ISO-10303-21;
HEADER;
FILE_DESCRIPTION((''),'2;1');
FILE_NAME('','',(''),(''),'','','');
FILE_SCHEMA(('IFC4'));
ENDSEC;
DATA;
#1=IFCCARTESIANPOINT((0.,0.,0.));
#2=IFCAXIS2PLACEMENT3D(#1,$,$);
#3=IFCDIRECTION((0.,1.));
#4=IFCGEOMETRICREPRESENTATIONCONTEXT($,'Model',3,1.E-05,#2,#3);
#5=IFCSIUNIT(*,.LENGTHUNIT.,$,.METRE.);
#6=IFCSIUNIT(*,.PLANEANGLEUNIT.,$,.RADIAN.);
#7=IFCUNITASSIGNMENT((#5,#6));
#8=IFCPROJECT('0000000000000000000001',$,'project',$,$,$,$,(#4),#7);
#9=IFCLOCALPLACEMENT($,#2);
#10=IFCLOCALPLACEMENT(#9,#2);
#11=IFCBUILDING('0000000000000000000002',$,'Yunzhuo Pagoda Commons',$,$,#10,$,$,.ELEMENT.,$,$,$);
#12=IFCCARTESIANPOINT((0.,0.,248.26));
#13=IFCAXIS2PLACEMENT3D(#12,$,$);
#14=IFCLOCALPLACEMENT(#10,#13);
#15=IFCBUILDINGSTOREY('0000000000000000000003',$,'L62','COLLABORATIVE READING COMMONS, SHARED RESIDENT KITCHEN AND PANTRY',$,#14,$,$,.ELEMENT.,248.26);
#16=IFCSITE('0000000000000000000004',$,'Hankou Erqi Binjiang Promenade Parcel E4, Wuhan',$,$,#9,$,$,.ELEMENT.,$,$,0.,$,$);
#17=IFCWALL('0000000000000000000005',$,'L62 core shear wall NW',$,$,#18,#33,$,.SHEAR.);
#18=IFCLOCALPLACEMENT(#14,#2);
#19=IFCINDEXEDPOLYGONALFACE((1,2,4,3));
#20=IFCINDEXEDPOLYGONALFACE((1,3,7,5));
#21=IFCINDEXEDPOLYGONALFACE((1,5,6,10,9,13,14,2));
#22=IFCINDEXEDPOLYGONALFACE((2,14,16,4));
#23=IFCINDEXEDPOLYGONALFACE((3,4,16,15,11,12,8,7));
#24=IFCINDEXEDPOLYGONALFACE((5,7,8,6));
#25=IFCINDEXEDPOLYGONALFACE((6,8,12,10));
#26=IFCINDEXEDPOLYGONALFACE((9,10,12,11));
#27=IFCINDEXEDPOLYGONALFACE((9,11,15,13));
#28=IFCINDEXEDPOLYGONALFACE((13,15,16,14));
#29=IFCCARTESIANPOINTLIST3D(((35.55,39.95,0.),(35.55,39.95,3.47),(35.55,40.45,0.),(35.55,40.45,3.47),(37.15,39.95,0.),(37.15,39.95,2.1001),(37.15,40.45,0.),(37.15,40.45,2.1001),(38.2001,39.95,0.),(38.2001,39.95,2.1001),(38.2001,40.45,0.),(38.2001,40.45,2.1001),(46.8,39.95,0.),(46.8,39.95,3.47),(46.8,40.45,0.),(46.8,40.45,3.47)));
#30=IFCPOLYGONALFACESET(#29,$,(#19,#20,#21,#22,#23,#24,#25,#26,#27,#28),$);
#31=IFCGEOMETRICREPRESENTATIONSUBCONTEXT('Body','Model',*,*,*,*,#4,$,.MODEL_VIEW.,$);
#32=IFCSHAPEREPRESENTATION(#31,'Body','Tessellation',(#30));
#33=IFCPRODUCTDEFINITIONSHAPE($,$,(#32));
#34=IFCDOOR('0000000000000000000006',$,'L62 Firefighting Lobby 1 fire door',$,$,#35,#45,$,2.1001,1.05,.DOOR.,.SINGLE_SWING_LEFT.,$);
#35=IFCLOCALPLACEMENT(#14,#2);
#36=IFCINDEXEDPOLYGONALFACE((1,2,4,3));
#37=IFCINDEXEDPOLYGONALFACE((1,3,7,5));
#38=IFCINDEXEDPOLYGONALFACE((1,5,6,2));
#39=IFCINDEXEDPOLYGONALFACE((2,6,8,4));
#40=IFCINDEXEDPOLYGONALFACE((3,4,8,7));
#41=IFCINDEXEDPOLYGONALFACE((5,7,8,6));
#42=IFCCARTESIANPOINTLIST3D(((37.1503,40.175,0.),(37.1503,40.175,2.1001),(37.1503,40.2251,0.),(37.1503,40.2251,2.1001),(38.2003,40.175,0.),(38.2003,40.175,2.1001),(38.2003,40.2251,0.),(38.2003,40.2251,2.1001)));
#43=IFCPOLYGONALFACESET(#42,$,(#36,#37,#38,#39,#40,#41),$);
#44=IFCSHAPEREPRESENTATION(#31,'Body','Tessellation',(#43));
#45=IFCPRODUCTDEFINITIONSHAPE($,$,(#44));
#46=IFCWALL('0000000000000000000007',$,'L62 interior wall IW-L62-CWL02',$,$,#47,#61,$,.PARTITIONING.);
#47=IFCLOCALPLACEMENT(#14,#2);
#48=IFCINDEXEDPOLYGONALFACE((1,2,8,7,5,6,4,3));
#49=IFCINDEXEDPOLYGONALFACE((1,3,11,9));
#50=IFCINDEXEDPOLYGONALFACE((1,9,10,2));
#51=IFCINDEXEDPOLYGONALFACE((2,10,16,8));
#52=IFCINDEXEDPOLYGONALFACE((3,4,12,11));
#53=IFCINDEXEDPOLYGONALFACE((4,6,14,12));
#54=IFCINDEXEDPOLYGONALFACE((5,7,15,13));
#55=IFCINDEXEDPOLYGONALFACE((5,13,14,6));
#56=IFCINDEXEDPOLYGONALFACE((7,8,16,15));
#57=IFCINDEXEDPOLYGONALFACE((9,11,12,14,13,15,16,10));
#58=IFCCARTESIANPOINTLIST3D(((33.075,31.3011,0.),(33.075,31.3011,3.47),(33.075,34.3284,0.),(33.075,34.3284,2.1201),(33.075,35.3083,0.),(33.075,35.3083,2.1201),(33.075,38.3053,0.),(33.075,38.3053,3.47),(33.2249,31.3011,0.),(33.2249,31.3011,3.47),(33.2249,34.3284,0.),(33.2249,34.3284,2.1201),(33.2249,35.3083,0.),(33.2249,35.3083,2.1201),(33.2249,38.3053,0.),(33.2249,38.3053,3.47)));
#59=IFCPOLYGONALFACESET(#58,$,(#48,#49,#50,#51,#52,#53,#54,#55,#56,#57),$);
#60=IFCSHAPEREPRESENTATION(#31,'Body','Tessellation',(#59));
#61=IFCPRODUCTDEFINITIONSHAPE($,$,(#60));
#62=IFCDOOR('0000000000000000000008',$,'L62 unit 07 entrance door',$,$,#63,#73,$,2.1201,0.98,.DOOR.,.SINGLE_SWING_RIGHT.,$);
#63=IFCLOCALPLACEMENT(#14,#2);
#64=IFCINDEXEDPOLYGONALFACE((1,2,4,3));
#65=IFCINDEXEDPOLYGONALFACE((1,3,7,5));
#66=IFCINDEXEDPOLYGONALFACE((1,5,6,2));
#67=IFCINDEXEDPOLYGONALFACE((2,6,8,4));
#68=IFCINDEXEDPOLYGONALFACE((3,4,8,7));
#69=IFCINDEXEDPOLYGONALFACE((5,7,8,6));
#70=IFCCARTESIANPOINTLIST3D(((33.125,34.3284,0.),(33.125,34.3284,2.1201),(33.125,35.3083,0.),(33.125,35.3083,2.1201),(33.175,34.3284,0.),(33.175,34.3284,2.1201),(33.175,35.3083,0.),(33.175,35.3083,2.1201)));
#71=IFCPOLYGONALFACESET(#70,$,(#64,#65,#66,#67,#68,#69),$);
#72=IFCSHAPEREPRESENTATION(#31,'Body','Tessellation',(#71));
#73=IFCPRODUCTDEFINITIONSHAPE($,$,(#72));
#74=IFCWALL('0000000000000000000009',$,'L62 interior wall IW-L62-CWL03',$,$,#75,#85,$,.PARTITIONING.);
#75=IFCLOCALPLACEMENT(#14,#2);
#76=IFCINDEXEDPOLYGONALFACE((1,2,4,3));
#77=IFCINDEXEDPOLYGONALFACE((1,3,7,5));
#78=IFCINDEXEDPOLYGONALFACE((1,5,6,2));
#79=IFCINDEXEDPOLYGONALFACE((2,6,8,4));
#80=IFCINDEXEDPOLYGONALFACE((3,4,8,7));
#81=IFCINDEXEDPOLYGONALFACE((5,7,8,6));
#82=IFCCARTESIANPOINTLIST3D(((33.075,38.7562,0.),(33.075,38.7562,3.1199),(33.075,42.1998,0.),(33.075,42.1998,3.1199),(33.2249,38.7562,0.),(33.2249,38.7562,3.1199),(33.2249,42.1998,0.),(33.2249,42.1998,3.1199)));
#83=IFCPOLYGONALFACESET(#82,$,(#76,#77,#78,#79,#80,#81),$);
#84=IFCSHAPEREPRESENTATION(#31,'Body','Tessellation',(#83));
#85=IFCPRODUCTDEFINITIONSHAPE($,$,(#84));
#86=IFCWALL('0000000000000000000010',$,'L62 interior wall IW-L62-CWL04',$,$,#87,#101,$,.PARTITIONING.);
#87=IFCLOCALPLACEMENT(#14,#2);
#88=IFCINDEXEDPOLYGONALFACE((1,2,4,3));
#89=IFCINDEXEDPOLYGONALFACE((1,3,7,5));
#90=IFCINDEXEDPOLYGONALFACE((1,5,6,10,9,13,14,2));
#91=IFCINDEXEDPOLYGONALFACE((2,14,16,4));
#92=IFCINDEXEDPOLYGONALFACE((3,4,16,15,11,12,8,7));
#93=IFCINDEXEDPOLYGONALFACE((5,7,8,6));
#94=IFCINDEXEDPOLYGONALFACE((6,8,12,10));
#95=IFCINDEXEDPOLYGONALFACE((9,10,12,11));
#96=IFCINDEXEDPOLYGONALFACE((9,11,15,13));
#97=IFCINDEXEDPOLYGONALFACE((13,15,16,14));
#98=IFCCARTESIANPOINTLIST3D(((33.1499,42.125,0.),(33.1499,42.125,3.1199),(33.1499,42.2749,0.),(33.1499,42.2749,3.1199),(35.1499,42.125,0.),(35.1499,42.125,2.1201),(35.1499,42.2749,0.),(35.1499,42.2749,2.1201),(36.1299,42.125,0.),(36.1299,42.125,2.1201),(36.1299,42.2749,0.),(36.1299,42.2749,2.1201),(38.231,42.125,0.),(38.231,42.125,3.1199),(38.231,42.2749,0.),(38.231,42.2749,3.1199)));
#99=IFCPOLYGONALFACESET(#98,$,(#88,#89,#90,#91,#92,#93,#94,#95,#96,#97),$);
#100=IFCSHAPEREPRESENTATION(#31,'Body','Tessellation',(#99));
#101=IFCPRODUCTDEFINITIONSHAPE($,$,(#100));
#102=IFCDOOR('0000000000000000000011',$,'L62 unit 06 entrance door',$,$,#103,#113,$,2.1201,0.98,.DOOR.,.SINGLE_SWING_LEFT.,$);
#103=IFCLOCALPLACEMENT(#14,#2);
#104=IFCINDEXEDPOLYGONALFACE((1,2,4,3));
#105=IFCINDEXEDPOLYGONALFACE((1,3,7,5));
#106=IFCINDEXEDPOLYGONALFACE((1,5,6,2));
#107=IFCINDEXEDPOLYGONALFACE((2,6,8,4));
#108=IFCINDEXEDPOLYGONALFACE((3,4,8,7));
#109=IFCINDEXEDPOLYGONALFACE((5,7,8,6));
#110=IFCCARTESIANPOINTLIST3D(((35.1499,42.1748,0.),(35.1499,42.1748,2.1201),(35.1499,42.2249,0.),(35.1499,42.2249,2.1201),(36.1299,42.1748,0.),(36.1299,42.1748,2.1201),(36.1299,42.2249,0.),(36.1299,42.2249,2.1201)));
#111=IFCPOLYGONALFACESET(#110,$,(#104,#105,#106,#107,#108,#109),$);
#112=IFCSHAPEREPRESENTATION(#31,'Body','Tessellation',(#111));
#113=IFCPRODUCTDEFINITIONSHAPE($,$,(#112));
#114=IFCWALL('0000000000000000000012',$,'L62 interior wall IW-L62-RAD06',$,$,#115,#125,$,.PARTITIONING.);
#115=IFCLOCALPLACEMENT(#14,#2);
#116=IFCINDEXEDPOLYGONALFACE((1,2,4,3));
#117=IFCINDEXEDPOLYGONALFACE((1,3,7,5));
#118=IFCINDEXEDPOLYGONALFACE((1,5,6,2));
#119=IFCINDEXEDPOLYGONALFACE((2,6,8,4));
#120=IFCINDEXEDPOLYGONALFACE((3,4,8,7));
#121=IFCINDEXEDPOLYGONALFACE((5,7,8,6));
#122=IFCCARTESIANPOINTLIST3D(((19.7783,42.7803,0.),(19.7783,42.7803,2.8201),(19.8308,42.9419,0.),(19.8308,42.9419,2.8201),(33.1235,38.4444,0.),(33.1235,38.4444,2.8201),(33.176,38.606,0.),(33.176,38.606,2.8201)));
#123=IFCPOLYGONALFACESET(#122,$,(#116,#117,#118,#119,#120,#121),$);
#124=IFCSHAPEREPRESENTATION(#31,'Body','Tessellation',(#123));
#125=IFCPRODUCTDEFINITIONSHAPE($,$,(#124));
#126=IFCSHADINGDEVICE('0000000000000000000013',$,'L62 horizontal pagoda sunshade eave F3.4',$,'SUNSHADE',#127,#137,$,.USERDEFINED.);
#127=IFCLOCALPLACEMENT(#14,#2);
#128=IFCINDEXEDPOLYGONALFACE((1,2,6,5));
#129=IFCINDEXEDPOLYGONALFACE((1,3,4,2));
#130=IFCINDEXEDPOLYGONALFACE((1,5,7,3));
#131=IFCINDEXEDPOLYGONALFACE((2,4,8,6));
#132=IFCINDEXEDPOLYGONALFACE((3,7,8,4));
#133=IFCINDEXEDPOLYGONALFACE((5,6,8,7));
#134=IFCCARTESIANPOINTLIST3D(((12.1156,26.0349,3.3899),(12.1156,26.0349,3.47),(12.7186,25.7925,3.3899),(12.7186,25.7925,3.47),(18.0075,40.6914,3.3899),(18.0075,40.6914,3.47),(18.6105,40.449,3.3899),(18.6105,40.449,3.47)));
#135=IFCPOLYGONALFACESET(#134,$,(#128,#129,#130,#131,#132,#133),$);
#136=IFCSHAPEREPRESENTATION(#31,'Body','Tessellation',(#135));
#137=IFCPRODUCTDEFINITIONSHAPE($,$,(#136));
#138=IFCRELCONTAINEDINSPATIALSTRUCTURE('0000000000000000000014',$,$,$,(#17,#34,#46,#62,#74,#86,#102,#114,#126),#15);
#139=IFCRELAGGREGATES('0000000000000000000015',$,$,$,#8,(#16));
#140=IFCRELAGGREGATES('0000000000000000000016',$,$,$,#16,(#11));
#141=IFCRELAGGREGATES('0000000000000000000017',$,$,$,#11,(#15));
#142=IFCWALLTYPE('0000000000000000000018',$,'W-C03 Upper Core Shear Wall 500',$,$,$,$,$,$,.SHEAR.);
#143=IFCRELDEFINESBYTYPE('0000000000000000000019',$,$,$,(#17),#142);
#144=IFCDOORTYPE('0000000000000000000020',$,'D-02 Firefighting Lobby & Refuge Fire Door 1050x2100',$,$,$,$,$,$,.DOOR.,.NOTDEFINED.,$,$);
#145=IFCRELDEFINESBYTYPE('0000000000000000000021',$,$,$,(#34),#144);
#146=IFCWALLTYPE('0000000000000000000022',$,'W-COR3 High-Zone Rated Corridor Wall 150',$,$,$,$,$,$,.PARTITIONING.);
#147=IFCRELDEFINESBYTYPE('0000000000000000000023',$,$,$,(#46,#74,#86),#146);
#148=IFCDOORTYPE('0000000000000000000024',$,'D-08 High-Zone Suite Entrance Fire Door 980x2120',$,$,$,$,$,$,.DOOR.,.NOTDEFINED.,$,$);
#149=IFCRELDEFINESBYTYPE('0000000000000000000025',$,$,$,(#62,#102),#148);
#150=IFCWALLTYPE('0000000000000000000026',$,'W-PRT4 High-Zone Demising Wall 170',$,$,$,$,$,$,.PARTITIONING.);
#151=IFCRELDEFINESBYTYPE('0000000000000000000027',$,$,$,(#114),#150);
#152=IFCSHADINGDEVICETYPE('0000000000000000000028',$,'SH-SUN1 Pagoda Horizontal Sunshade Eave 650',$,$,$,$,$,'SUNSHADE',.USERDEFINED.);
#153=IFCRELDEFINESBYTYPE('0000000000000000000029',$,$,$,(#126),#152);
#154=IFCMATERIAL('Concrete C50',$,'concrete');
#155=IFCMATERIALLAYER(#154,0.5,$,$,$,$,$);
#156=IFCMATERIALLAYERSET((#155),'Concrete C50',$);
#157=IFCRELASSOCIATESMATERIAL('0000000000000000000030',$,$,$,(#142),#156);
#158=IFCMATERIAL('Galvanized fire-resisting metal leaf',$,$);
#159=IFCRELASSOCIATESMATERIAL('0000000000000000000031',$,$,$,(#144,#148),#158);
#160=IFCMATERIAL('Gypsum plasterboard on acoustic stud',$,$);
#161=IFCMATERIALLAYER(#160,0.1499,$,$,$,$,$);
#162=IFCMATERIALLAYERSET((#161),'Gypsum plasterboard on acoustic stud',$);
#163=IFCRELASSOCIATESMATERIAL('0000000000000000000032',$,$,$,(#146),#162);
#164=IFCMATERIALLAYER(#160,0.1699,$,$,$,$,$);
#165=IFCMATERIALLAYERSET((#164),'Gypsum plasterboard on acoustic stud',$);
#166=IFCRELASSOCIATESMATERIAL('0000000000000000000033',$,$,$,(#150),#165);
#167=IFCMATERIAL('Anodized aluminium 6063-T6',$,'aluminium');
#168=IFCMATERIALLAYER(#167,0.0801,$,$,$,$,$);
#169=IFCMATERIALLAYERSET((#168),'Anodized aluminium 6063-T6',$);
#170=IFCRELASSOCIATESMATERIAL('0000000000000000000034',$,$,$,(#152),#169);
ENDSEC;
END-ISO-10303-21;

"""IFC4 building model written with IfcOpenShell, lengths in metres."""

from ifc_helpers import new_model, si_unit, direction, frame, frame_2d, origin, origin_with_axes, origin_2d, place, context, subcontext, project, spatial, rectangle, extrude, source, transform, mapped, material, layer, layer_set, type_object, element, fill, save


model = new_model("IFC4")

# Units and contexts
model_context = context("Model", 3, precision=1e-05, world=origin(), true_north=direction((0.0, 1.0)))
body_context = subcontext(model_context, "Body", "Model", "MODEL_VIEW")
ifc_project = project(units=[si_unit("LENGTHUNIT", "METRE"), si_unit("PLANEANGLEUNIT", "RADIAN")], contexts=[model_context])

# Site, building, storey
site_placement = place(None, origin())
site = spatial("IfcSite", under=ifc_project, at=site_placement, Name="Hankou Erqi Binjiang Promenade Parcel E4, Wuhan", CompositionType="ELEMENT", RefElevation=0.0)
building_placement = place(site_placement, origin())
building = spatial("IfcBuilding", under=site, at=building_placement, Name="Yunzhuo Pagoda Commons", CompositionType="ELEMENT")
storey_placement = place(building_placement, frame((0.0, 0.0, 248.26)))
storey = spatial("IfcBuildingStorey", under=building, at=storey_placement, Name="L62", Description="COLLABORATIVE READING COMMONS, SHARED RESIDENT KITCHEN AND PANTRY", CompositionType="ELEMENT", Elevation=248.26)

# Shared definitions
ifc_material_1 = material(Name="Anodized aluminium 6063-T6", Category="aluminium")

# Walls, openings, doors
ifc_material_2 = material(Name="Concrete C50", Category="concrete")
ifc_layer_1 = layer(ifc_material_2, 0.5)
ifc_layer_set_1 = layer_set([ifc_layer_1], Name="Concrete C50")
wall_type_1 = type_object("IfcWallType", Name="W-C03 Upper Core Shear Wall 500", PredefinedType="SHEAR", material=ifc_layer_set_1)
wall_1_placement = place(storey_placement, frame((35.55, 40.2, 0.0), z_axis=(0.0, 0.0, 1.0), x_axis=(1.0, 0.0, 0.0)))
wall_1 = element("IfcWall", 1, at=wall_1_placement, inside=storey, type_object=wall_type_1, Name="L62 core shear wall NW", PredefinedType="SHEAR", context=body_context, shape_type="SweptSolid", body=[
    extrude(rectangle(XDim=11.25, YDim=0.5, at=frame_2d((5.625, 0.0))), origin(), (0.0, 0.0, 1.0), 3.47),
])
opening_1_placement = place(wall_1_placement, frame((1.6001, 0.0, 0.0)))
opening_1 = element("IfcOpeningElement", 2, at=opening_1_placement, cuts=wall_1, PredefinedType="OPENING", context=body_context, shape_type="SweptSolid", body=[
    extrude(rectangle(XDim=1.05, YDim=2.1001, at=frame_2d((0.5249, 1.05))), frame((0.0, 0.26, 0.0), z_axis=(0.0, -1.0, 0.0), x_axis=(1.0, 0.0, 0.0)), (0.0, 0.0, 1.0), 0.52),
])
ifc_material_3 = material(Name="Galvanized fire-resisting metal leaf")
door_type_1 = type_object("IfcDoorType", Name="D-02 Firefighting Lobby & Refuge Fire Door 1050x2100", OperationType="NOTDEFINED", PredefinedType="DOOR", material=ifc_material_3)
shared_shape_1 = source(origin(), body_context, "Body", "SweptSolid", [
    extrude(rectangle(XDim=1.05, YDim=2.1001, at=frame_2d((0.5249, 1.05))), frame((0.0, 0.0249, 0.0), z_axis=(0.0, -1.0, 0.0), x_axis=(1.0, 0.0, 0.0)), (0.0, 0.0, 1.0), 0.05),
])
door_1_placement = place(opening_1_placement, frame((1.05, 0.0, 0.0), z_axis=(0.0, 0.0, 1.0), x_axis=(-1.0, 0.0, 0.0)))
door_1 = element("IfcDoor", 3, at=door_1_placement, inside=storey, type_object=door_type_1, Name="L62 Firefighting Lobby 1 fire door", OperationType="SINGLE_SWING_LEFT", OverallHeight=2.1001, OverallWidth=1.05, PredefinedType="DOOR", context=body_context, shape_type="MappedRepresentation", body=[
    mapped(shared_shape_1, transform((0.0, 0.0, 0.0), scale=1.0)),
])
fill(opening_1, door_1)
ifc_material_4 = material(Name="Gypsum plasterboard on acoustic stud")
ifc_layer_2 = layer(ifc_material_4, 0.1499)
ifc_layer_set_2 = layer_set([ifc_layer_2], Name="Gypsum plasterboard on acoustic stud")
wall_type_2 = type_object("IfcWallType", Name="W-COR3 High-Zone Rated Corridor Wall 150", PredefinedType="PARTITIONING", material=ifc_layer_set_2)
wall_2_placement = place(storey_placement, frame((33.1499, 31.3013, 0.0), z_axis=(0.0, 0.0, 1.0), x_axis=(0.0, 1.0, 0.0)))
wall_2 = element("IfcWall", 4, at=wall_2_placement, inside=storey, type_object=wall_type_2, Name="L62 interior wall IW-L62-CWL02", PredefinedType="PARTITIONING", context=body_context, shape_type="SweptSolid", body=[
    extrude(rectangle(XDim=7.0042, YDim=0.1499, at=frame_2d((3.502, 0.0))), origin(), (0.0, 0.0, 1.0), 3.47),
])
opening_2_placement = place(wall_2_placement, frame((3.0271, 0.0, 0.0)))
opening_2 = element("IfcOpeningElement", 5, at=opening_2_placement, cuts=wall_2, PredefinedType="OPENING", context=body_context, shape_type="SweptSolid", body=[
    extrude(rectangle(XDim=0.98, YDim=2.1201, at=frame_2d((0.49, 1.0601))), frame((0.0, 0.085, 0.0), z_axis=(0.0, -1.0, 0.0), x_axis=(1.0, 0.0, 0.0)), (0.0, 0.0, 1.0), 0.1699),
])
door_type_2 = type_object("IfcDoorType", Name="D-08 High-Zone Suite Entrance Fire Door 980x2120", OperationType="NOTDEFINED", PredefinedType="DOOR", material=ifc_material_3)
shared_shape_2 = source(origin(), body_context, "Body", "SweptSolid", [
    extrude(rectangle(XDim=0.98, YDim=2.1201, at=frame_2d((0.49, 1.0601))), frame((0.0, 0.0249, 0.0), z_axis=(0.0, -1.0, 0.0), x_axis=(1.0, 0.0, 0.0)), (0.0, 0.0, 1.0), 0.05),
])
door_2_placement = place(opening_2_placement, origin_with_axes())
door_2 = element("IfcDoor", 6, at=door_2_placement, inside=storey, type_object=door_type_2, Name="L62 unit 07 entrance door", OperationType="SINGLE_SWING_RIGHT", OverallHeight=2.1201, OverallWidth=0.98, PredefinedType="DOOR", context=body_context, shape_type="MappedRepresentation", body=[
    mapped(shared_shape_2, transform((0.0, 0.0, 0.0), scale=1.0)),
])
fill(opening_2, door_2)

# Wall
wall_3_placement = place(storey_placement, frame((33.1499, 38.7563, 0.0), z_axis=(0.0, 0.0, 1.0), x_axis=(0.0, 1.0, 0.0)))
element("IfcWall", 7, at=wall_3_placement, inside=storey, type_object=wall_type_2, Name="L62 interior wall IW-L62-CWL03", PredefinedType="PARTITIONING", context=body_context, shape_type="SweptSolid", body=[
    extrude(rectangle(XDim=3.4436, YDim=0.1499, at=frame_2d((1.7217, 0.0))), origin(), (0.0, 0.0, 1.0), 3.1199),
])

# Wall, opening, door
wall_4_placement = place(storey_placement, frame((33.1499, 42.2, 0.0), z_axis=(0.0, 0.0, 1.0), x_axis=(1.0, 0.0, 0.0)))
wall_4 = element("IfcWall", 8, at=wall_4_placement, inside=storey, type_object=wall_type_2, Name="L62 interior wall IW-L62-CWL04", PredefinedType="PARTITIONING", context=body_context, shape_type="SweptSolid", body=[
    extrude(rectangle(XDim=5.0811, YDim=0.1499, at=frame_2d((2.5405, 0.0))), origin(), (0.0, 0.0, 1.0), 3.1199),
])
opening_3_placement = place(wall_4_placement, frame((2.0, 0.0, 0.0)))
opening_3 = element("IfcOpeningElement", 9, at=opening_3_placement, cuts=wall_4, PredefinedType="OPENING", context=body_context, shape_type="SweptSolid", body=[
    extrude(rectangle(XDim=0.98, YDim=2.1201, at=frame_2d((0.49, 1.0601))), frame((0.0, 0.085, 0.0), z_axis=(0.0, -1.0, 0.0), x_axis=(1.0, 0.0, 0.0)), (0.0, 0.0, 1.0), 0.1699),
])
door_3_placement = place(opening_3_placement, origin_with_axes())
door_3 = element("IfcDoor", 10, at=door_3_placement, inside=storey, type_object=door_type_2, Name="L62 unit 06 entrance door", OperationType="SINGLE_SWING_LEFT", OverallHeight=2.1201, OverallWidth=0.98, PredefinedType="DOOR", context=body_context, shape_type="MappedRepresentation", body=[
    mapped(shared_shape_2, transform((0.0, 0.0, 0.0), scale=1.0)),
])
fill(opening_3, door_3)

# Wall
ifc_layer_3 = layer(ifc_material_4, 0.1699)
ifc_layer_set_3 = layer_set([ifc_layer_3], Name="Gypsum plasterboard on acoustic stud")
wall_type_3 = type_object("IfcWallType", Name="W-PRT4 High-Zone Demising Wall 170", PredefinedType="PARTITIONING", material=ifc_layer_set_3)
wall_5_placement = place(storey_placement, frame((33.1499, 38.5251, 0.0), z_axis=(0.0, 0.0, 1.0), x_axis=(-0.95106, 0.309005, 0.0)))
element("IfcWall", 11, at=wall_5_placement, inside=storey, type_object=wall_type_3, Name="L62 interior wall IW-L62-RAD06", PredefinedType="PARTITIONING", context=body_context, shape_type="SweptSolid", body=[
    extrude(rectangle(XDim=14.032, YDim=0.1699, at=frame_2d((7.0161, 0.0))), origin(), (0.0, 0.0, 1.0), 2.8201),
])

# Shading device
ifc_layer_4 = layer(ifc_material_1, 0.0801)
ifc_layer_set_4 = layer_set([ifc_layer_4], Name="Anodized aluminium 6063-T6")
shading_device_type = type_object("IfcShadingDeviceType", Name="SH-SUN1 Pagoda Horizontal Sunshade Eave 650", ElementType="SUNSHADE", PredefinedType="USERDEFINED", material=ifc_layer_set_4)
shared_shape_3 = source(origin(), body_context, "Body", "SweptSolid", [
    extrude(rectangle(XDim=15.7964, YDim=0.6499, at=origin_2d()), origin(), (0.0, 0.0, 1.0), 0.0801),
])
shading_device_placement = place(storey_placement, frame((15.363, 33.2419, 3.3899), z_axis=(0.0, 0.0, 1.0), x_axis=(-0.372988, -0.927836, 0.0)))
element("IfcShadingDevice", 12, at=shading_device_placement, inside=storey, type_object=shading_device_type, Name="L62 horizontal pagoda sunshade eave F3.4", ObjectType="SUNSHADE", PredefinedType="USERDEFINED", context=body_context, shape_type="MappedRepresentation", body=[
    mapped(shared_shape_3, transform((0.0, 0.0, 0.0), scale=1.0)),
])

save(model, "model.ifc")
